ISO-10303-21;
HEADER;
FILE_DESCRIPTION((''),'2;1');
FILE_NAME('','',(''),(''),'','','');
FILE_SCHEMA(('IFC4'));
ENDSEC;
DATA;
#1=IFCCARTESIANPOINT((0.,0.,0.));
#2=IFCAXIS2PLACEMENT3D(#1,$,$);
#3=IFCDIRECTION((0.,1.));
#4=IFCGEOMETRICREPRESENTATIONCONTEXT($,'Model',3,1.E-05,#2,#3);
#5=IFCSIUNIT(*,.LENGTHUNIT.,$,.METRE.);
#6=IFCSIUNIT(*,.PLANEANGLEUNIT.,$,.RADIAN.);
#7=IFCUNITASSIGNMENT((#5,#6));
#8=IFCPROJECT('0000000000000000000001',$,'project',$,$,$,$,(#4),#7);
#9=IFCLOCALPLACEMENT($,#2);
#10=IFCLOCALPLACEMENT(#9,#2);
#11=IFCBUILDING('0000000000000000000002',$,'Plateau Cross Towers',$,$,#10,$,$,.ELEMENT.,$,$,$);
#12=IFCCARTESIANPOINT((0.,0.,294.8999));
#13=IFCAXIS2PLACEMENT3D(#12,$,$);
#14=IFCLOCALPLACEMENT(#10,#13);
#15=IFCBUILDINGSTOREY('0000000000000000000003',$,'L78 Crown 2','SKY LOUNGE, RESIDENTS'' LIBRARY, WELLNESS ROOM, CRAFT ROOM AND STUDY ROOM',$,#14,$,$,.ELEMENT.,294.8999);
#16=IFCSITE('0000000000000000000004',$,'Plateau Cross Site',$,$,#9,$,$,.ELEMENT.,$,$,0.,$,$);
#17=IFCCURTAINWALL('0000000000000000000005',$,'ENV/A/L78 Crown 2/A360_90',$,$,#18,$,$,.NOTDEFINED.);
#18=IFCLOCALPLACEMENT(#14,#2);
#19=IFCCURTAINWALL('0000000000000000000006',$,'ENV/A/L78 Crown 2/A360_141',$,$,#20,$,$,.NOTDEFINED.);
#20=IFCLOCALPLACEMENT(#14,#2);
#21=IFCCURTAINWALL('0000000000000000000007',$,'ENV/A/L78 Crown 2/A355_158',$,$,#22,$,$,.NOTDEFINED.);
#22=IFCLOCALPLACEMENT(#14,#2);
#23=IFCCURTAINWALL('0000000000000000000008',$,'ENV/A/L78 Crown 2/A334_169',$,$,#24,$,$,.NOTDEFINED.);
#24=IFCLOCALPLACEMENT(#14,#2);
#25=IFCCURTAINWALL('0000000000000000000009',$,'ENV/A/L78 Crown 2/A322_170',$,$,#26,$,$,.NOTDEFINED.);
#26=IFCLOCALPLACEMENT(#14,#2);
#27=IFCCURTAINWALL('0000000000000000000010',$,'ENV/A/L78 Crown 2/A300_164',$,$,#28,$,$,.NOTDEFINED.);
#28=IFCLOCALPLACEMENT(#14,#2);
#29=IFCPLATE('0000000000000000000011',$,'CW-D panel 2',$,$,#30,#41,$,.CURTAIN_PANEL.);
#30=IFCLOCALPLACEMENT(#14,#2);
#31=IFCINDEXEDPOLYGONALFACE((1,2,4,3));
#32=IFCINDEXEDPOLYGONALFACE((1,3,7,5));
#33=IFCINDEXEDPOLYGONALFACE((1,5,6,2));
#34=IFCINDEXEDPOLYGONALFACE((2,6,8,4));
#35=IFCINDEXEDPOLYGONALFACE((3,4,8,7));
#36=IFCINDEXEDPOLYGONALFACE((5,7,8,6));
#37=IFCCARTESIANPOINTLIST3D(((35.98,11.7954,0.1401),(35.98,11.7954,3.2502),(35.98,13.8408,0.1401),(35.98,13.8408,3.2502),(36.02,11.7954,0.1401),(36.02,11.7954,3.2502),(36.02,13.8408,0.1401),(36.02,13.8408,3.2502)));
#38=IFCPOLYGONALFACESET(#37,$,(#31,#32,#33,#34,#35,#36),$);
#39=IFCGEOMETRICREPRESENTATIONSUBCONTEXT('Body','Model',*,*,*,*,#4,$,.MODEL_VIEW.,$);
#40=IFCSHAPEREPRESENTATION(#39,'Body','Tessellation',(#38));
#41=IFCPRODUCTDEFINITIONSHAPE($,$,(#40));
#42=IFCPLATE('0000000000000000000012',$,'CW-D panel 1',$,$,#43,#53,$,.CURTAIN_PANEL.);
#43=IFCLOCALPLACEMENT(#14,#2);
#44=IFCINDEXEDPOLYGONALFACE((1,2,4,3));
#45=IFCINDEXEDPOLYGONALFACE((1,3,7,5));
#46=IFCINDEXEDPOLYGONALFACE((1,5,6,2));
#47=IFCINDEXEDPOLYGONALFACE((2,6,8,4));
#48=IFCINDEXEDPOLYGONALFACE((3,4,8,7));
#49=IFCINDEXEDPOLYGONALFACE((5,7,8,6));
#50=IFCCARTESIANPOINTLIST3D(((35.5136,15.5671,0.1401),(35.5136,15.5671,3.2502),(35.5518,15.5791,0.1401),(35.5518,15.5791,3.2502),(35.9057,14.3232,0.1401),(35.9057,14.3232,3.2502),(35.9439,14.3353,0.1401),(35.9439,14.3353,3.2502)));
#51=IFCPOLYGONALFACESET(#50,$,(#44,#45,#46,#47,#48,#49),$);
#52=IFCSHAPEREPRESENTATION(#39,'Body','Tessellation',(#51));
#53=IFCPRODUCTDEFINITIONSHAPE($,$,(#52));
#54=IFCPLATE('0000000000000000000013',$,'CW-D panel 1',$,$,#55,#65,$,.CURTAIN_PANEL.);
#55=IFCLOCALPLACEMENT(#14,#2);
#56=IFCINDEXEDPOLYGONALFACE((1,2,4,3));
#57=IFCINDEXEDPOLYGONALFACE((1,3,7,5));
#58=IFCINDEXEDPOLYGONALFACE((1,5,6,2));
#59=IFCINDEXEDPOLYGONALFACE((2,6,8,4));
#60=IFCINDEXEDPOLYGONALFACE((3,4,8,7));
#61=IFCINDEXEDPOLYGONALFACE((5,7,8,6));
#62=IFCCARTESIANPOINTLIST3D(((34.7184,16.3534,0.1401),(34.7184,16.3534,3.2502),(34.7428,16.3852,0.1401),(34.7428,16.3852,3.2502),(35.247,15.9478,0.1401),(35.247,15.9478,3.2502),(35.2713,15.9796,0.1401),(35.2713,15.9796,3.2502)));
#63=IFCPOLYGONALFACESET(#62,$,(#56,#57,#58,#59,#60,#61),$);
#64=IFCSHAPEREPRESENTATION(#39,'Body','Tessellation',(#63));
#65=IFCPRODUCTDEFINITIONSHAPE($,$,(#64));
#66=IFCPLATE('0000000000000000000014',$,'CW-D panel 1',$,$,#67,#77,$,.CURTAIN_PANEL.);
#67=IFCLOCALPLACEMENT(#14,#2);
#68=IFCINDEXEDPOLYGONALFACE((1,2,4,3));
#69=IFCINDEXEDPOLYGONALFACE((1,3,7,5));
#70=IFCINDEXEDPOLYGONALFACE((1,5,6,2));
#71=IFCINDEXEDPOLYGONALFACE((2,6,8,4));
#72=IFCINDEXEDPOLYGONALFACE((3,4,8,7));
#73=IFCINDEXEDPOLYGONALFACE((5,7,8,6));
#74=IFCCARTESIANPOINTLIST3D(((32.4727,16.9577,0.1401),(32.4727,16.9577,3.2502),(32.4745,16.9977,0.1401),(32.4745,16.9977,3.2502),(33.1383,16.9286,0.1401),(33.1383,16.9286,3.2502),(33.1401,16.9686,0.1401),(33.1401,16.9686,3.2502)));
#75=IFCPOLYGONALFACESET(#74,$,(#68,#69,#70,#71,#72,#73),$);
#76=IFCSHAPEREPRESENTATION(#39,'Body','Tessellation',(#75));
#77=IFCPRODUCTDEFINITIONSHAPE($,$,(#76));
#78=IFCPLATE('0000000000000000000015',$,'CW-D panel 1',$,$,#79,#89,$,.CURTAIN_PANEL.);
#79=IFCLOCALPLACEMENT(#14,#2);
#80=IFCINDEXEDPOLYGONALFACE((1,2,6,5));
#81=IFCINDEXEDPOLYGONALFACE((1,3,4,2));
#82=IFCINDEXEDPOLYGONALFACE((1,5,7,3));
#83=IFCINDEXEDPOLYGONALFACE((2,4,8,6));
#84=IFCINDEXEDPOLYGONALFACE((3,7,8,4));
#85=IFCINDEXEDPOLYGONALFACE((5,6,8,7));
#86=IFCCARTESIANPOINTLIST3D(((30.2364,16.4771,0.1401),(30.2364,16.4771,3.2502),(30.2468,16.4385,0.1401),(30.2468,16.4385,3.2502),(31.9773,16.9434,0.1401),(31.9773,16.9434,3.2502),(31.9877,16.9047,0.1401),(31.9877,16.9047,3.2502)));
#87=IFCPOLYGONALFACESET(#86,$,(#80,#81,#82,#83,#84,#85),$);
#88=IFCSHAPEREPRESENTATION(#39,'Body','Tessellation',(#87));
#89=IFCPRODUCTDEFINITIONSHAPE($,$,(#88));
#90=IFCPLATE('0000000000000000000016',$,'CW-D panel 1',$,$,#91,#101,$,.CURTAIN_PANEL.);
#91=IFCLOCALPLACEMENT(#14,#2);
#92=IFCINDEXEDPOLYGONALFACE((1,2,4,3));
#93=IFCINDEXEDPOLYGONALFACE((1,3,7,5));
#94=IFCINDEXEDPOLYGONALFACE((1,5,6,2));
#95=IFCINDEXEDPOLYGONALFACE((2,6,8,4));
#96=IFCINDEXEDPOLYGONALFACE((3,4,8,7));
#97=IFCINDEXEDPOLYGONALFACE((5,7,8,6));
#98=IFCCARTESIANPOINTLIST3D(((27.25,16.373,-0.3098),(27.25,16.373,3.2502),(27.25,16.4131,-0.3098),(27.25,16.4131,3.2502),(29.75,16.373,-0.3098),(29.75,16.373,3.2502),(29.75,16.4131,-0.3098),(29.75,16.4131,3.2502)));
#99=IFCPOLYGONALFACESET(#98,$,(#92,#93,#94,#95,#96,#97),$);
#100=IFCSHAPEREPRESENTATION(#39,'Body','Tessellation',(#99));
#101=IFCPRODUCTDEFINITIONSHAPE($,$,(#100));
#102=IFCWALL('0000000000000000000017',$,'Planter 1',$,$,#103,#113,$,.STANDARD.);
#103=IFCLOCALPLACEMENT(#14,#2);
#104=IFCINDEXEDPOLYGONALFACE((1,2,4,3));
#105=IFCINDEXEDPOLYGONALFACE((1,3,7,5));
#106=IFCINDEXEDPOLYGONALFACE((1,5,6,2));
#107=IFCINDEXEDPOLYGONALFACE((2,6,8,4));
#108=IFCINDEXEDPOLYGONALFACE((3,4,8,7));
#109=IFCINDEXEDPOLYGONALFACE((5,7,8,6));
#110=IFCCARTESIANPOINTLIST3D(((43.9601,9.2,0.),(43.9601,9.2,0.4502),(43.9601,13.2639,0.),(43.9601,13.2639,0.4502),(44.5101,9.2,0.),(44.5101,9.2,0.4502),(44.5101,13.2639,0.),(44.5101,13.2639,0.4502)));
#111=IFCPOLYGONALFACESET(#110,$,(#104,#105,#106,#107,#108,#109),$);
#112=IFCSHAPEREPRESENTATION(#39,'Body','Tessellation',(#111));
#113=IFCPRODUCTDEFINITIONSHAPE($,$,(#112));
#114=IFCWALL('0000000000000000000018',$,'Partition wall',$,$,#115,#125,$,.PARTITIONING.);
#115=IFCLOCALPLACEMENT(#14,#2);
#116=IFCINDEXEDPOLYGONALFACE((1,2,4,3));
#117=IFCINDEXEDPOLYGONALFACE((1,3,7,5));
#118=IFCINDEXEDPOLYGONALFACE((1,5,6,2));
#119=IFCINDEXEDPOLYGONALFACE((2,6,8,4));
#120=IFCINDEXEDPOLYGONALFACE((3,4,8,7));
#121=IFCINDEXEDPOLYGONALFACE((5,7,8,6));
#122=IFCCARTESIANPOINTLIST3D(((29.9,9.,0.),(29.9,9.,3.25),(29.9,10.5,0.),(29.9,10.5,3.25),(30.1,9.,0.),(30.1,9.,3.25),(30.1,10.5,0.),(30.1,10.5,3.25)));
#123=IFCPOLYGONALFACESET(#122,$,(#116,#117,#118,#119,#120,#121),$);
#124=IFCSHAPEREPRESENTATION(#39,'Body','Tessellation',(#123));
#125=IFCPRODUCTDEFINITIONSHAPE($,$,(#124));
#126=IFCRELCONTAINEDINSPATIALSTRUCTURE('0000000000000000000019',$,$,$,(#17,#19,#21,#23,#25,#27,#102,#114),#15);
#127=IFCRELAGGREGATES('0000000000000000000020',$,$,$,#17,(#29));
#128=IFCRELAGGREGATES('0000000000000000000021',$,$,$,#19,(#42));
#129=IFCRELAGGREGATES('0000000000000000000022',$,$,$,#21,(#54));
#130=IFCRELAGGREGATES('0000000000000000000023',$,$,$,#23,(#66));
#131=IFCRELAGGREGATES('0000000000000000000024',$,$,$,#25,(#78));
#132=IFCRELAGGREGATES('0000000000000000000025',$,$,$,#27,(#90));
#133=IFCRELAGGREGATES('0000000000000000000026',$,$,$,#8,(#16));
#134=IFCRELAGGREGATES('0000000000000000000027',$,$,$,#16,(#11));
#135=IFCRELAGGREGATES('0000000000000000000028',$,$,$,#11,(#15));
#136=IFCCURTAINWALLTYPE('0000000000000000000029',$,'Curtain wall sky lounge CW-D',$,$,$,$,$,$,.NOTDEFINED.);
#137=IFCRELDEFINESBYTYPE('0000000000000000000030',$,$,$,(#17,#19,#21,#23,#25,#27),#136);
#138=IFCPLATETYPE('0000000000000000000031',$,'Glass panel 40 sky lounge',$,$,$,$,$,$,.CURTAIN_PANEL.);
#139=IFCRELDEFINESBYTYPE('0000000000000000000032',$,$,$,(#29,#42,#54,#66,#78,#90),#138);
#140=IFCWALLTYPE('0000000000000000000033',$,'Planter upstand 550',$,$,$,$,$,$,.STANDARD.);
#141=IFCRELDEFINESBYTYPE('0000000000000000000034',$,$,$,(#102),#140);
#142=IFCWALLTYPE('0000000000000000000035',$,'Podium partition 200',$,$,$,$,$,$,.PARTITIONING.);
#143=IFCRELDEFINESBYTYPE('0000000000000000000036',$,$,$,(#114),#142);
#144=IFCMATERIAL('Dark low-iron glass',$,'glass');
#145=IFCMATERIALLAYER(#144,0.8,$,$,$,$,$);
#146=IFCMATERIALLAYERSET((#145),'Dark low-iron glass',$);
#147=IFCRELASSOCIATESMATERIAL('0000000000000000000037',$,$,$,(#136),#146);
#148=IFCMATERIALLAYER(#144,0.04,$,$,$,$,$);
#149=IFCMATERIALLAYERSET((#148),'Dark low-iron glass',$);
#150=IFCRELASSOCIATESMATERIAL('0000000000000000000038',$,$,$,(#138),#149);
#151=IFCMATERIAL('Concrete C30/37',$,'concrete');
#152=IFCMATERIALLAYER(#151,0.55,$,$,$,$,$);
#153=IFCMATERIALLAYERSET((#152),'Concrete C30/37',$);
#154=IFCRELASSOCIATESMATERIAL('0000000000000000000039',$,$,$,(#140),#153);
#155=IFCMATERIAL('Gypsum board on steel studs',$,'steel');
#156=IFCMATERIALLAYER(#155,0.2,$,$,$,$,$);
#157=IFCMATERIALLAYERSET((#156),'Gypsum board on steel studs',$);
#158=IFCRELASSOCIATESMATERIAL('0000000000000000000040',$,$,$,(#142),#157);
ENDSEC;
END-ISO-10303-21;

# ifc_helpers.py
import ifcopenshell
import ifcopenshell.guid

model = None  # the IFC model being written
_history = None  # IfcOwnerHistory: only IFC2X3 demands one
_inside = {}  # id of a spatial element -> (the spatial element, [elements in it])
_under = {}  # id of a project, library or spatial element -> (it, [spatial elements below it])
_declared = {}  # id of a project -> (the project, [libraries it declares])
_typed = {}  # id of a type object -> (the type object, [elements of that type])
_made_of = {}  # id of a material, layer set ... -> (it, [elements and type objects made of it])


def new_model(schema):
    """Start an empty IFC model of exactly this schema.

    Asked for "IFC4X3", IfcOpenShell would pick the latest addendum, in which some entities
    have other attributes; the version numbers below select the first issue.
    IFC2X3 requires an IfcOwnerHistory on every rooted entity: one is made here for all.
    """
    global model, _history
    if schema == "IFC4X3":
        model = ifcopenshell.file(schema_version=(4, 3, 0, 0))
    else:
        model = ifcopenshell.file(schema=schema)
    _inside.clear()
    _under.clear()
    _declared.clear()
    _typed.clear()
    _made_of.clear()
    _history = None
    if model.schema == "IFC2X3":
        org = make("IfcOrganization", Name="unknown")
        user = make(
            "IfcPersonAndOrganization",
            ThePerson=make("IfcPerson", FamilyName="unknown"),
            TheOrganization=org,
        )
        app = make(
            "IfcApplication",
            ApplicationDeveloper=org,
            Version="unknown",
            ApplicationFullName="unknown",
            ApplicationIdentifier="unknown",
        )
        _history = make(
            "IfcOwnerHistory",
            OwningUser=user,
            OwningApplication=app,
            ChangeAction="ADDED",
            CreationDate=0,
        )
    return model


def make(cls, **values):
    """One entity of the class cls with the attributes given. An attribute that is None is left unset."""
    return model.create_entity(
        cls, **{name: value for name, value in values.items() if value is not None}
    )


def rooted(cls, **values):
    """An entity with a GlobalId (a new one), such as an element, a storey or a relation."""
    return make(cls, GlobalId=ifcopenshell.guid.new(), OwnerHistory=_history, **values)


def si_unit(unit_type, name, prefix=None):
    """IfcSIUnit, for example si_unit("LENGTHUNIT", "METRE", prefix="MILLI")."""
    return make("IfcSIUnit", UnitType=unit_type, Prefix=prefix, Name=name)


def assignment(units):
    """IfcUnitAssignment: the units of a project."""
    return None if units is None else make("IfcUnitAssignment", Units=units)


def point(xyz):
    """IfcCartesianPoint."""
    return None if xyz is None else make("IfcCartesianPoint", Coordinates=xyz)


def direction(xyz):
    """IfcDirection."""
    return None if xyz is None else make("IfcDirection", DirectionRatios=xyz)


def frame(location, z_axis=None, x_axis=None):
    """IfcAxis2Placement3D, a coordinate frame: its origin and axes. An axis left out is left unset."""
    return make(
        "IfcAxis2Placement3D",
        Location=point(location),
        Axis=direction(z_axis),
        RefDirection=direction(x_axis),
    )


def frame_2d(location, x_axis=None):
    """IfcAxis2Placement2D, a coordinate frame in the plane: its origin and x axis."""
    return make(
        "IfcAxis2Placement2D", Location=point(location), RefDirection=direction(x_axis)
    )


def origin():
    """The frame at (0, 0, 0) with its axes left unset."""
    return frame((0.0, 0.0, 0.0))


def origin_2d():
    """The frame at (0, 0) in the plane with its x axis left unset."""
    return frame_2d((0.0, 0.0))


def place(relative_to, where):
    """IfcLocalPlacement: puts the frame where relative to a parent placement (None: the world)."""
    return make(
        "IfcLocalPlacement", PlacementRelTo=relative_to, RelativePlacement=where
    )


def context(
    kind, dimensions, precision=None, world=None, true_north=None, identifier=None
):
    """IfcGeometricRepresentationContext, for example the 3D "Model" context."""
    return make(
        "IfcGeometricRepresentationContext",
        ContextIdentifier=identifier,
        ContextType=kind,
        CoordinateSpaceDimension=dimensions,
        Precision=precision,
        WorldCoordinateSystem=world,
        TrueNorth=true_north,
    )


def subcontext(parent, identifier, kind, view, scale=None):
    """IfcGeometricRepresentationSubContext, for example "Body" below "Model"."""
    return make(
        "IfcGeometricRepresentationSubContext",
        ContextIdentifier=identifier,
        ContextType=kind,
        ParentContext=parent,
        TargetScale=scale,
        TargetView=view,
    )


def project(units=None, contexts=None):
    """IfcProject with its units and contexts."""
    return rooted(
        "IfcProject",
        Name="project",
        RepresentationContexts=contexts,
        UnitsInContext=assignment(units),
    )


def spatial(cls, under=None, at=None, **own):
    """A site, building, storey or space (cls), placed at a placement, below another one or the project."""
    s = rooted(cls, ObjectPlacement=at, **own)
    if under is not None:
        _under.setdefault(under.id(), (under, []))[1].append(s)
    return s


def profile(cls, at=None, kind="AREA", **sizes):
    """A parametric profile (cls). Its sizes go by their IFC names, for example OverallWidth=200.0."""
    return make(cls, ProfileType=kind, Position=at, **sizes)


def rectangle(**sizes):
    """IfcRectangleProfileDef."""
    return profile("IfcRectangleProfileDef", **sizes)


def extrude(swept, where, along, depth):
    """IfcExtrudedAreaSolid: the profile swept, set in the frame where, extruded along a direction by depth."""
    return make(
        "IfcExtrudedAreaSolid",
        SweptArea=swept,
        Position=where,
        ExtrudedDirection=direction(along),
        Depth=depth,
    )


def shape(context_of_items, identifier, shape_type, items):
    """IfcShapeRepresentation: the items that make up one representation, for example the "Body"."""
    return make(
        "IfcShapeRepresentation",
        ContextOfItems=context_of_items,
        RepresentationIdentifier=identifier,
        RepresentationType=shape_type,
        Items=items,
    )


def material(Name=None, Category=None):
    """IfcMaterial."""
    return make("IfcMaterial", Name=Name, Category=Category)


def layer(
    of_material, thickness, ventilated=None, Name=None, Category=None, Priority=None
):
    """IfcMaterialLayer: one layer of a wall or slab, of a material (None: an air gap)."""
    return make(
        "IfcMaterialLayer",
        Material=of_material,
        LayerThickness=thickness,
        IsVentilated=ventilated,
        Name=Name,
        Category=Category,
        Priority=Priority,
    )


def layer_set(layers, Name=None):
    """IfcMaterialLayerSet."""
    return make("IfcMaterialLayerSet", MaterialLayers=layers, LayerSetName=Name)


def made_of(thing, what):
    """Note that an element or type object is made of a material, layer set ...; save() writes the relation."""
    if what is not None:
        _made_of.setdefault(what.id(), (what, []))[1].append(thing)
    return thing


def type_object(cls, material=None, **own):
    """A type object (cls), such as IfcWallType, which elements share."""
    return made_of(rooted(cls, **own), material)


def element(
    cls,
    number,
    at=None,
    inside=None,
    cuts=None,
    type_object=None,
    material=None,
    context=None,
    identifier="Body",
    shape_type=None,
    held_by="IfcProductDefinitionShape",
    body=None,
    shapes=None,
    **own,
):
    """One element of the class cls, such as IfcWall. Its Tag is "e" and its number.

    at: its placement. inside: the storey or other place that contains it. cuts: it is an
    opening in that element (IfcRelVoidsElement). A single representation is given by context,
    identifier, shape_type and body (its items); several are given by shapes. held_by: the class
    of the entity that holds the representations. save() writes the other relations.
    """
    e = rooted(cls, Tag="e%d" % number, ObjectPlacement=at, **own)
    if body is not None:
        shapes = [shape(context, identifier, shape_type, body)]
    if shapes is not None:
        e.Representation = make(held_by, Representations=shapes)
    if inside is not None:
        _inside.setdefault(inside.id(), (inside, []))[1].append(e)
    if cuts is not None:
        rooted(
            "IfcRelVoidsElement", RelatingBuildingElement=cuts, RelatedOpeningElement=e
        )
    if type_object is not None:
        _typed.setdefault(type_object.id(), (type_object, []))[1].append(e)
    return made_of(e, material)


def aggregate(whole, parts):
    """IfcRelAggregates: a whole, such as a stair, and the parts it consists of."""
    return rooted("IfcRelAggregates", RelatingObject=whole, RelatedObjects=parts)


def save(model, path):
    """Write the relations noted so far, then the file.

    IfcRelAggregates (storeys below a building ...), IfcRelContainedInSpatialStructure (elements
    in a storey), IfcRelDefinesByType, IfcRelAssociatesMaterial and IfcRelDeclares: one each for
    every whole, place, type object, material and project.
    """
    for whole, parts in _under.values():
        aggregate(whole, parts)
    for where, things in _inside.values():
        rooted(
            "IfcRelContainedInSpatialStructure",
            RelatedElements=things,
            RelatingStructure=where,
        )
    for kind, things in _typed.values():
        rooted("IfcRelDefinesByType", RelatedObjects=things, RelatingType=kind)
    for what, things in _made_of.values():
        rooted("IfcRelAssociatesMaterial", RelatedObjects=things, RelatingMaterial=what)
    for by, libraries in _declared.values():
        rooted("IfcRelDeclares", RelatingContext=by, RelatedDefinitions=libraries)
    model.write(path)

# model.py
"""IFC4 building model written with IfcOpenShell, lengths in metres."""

from ifc_helpers import new_model, si_unit, direction, frame, frame_2d, origin, origin_2d, place, context, subcontext, project, spatial, rectangle, extrude, material, layer, layer_set, type_object, element, aggregate, save


model = new_model("IFC4")

# Units and contexts
model_context = context("Model", 3, precision=1e-05, world=origin(), true_north=direction((0.0, 1.0)))
body_context = subcontext(model_context, "Body", "Model", "MODEL_VIEW")
ifc_project = project(units=[si_unit("LENGTHUNIT", "METRE"), si_unit("PLANEANGLEUNIT", "RADIAN")], contexts=[model_context])

# Site, building, storey
site_placement = place(None, origin())
site = spatial("IfcSite", under=ifc_project, at=site_placement, Name="Plateau Cross Site", CompositionType="ELEMENT", RefElevation=0.0)
building_placement = place(site_placement, origin())
building = spatial("IfcBuilding", under=site, at=building_placement, Name="Plateau Cross Towers", CompositionType="ELEMENT")
storey_placement = place(building_placement, frame((0.0, 0.0, 294.8999)))
storey = spatial("IfcBuildingStorey", under=building, at=storey_placement, Name="L78 Crown 2", Description="SKY LOUNGE, RESIDENTS' LIBRARY, WELLNESS ROOM, CRAFT ROOM AND STUDY ROOM", CompositionType="ELEMENT", Elevation=294.8999)

# Curtain walls
ifc_material_1 = material(Name="Dark low-iron glass", Category="glass")
ifc_layer_1 = layer(ifc_material_1, 0.8)
ifc_layer_set_1 = layer_set([ifc_layer_1], Name="Dark low-iron glass")
curtain_wall_type = type_object("IfcCurtainWallType", Name="Curtain wall sky lounge CW-D", PredefinedType="NOTDEFINED", material=ifc_layer_set_1)
curtain_wall_1_placement = place(storey_placement, origin())
curtain_wall_1 = element("IfcCurtainWall", 1, at=curtain_wall_1_placement, inside=storey, type_object=curtain_wall_type, Name="ENV/A/L78 Crown 2/A360_90", PredefinedType="NOTDEFINED")
curtain_wall_2_placement = place(storey_placement, origin())
curtain_wall_2 = element("IfcCurtainWall", 2, at=curtain_wall_2_placement, inside=storey, type_object=curtain_wall_type, Name="ENV/A/L78 Crown 2/A360_141", PredefinedType="NOTDEFINED")

# Curtain wall
curtain_wall_3_placement = place(storey_placement, origin())
curtain_wall_3 = element("IfcCurtainWall", 3, at=curtain_wall_3_placement, inside=storey, type_object=curtain_wall_type, Name="ENV/A/L78 Crown 2/A355_158", PredefinedType="NOTDEFINED")

# Curtain walls
curtain_wall_4_placement = place(storey_placement, origin())
curtain_wall_4 = element("IfcCurtainWall", 4, at=curtain_wall_4_placement, inside=storey, type_object=curtain_wall_type, Name="ENV/A/L78 Crown 2/A334_169", PredefinedType="NOTDEFINED")
curtain_wall_5_placement = place(storey_placement, origin())
curtain_wall_5 = element("IfcCurtainWall", 5, at=curtain_wall_5_placement, inside=storey, type_object=curtain_wall_type, Name="ENV/A/L78 Crown 2/A322_170", PredefinedType="NOTDEFINED")
curtain_wall_6_placement = place(storey_placement, origin())
curtain_wall_6 = element("IfcCurtainWall", 6, at=curtain_wall_6_placement, inside=storey, type_object=curtain_wall_type, Name="ENV/A/L78 Crown 2/A300_164", PredefinedType="NOTDEFINED")

# Plates
ifc_layer_2 = layer(ifc_material_1, 0.04)
ifc_layer_set_2 = layer_set([ifc_layer_2], Name="Dark low-iron glass")
plate_type = type_object("IfcPlateType", Name="Glass panel 40 sky lounge", PredefinedType="CURTAIN_PANEL", material=ifc_layer_set_2)
plate_1_placement = place(storey_placement, frame((36.0, 12.8181, 0.1401), z_axis=(0.0, 0.0, 1.0), x_axis=(0.0, 1.0, 0.0)))
plate_1 = element("IfcPlate", 7, at=plate_1_placement, type_object=plate_type, Name="CW-D panel 2", PredefinedType="CURTAIN_PANEL", context=body_context, shape_type="SweptSolid", body=[
    extrude(rectangle(XDim=2.0454, YDim=0.04, at=origin_2d()), origin(), (0.0, 0.0, 1.0), 3.1101),
])
aggregate(curtain_wall_1, [plate_1])
plate_2_placement = place(storey_placement, frame((35.7288, 14.9512, 0.1401), z_axis=(0.0, 0.0, 1.0), x_axis=(-0.300686, 0.953723, 0.0)))
plate_2 = element("IfcPlate", 8, at=plate_2_placement, type_object=plate_type, Name="CW-D panel 1", PredefinedType="CURTAIN_PANEL", context=body_context, shape_type="SweptSolid", body=[
    extrude(rectangle(XDim=1.3042, YDim=0.04, at=origin_2d()), origin(), (0.0, 0.0, 1.0), 3.1101),
])
aggregate(curtain_wall_2, [plate_2])
plate_3_placement = place(storey_placement, frame((34.9949, 16.1665, 0.1401), z_axis=(0.0, 0.0, 1.0), x_axis=(-0.793316, 0.608811, 0.0)))
plate_3 = element("IfcPlate", 9, at=plate_3_placement, type_object=plate_type, Name="CW-D panel 1", PredefinedType="CURTAIN_PANEL", context=body_context, shape_type="SweptSolid", body=[
    extrude(rectangle(XDim=0.6663, YDim=0.04, at=origin_2d()), origin(), (0.0, 0.0, 1.0), 3.1101),
])
aggregate(curtain_wall_3, [plate_3])
plate_4_placement = place(storey_placement, frame((32.8064, 16.9631, 0.1401), z_axis=(0.0, 0.0, 1.0), x_axis=(-0.999044, 0.043723, 0.0)))
plate_4 = element("IfcPlate", 10, at=plate_4_placement, type_object=plate_type, Name="CW-D panel 1", PredefinedType="CURTAIN_PANEL", context=body_context, shape_type="SweptSolid", body=[
    extrude(rectangle(XDim=0.6663, YDim=0.04, at=origin_2d()), origin(), (0.0, 0.0, 1.0), 3.1101),
])
aggregate(curtain_wall_4, [plate_4])
plate_5_placement = place(storey_placement, frame((31.1121, 16.6909, 0.1401), z_axis=(0.0, 0.0, 1.0), x_axis=(-0.965958, -0.258699, 0.0)))
plate_5 = element("IfcPlate", 11, at=plate_5_placement, type_object=plate_type, Name="CW-D panel 1", PredefinedType="CURTAIN_PANEL", context=body_context, shape_type="SweptSolid", body=[
    extrude(rectangle(XDim=1.8022, YDim=0.04, at=origin_2d()), origin(), (0.0, 0.0, 1.0), 3.1101),
])
aggregate(curtain_wall_5, [plate_5])
plate_6_placement = place(storey_placement, frame((28.5, 16.3931, -0.3098), z_axis=(0.0, 0.0, 1.0), x_axis=(-1.0, 0.0, 0.0)))
plate_6 = element("IfcPlate", 12, at=plate_6_placement, type_object=plate_type, Name="CW-D panel 1", PredefinedType="CURTAIN_PANEL", context=body_context, shape_type="SweptSolid", body=[
    extrude(rectangle(XDim=2.5, YDim=0.04, at=origin_2d()), origin(), (0.0, 0.0, 1.0), 3.5601),
])
aggregate(curtain_wall_6, [plate_6])

# Walls
ifc_material_2 = material(Name="Concrete C30/37", Category="concrete")
ifc_layer_3 = layer(ifc_material_2, 0.55)
ifc_layer_set_3 = layer_set([ifc_layer_3], Name="Concrete C30/37")
wall_type_1 = type_object("IfcWallType", Name="Planter upstand 550", PredefinedType="STANDARD", material=ifc_layer_set_3)
wall_1_placement = place(storey_placement, frame((44.2351, 13.2639, 0.0), z_axis=(0.0, 0.0, 1.0), x_axis=(0.0, -1.0, 0.0)))
element("IfcWall", 13, at=wall_1_placement, inside=storey, type_object=wall_type_1, Name="Planter 1", PredefinedType="STANDARD", context=body_context, shape_type="SweptSolid", body=[
    extrude(rectangle(XDim=4.064, YDim=0.55, at=frame_2d((2.032, 0.0))), origin(), (0.0, 0.0, 1.0), 0.4502),
])
ifc_material_3 = material(Name="Gypsum board on steel studs", Category="steel")
ifc_layer_4 = layer(ifc_material_3, 0.2)
ifc_layer_set_4 = layer_set([ifc_layer_4], Name="Gypsum board on steel studs")
wall_type_2 = type_object("IfcWallType", Name="Podium partition 200", PredefinedType="PARTITIONING", material=ifc_layer_set_4)
wall_2_placement = place(storey_placement, frame((30.0, 10.5, 0.0), z_axis=(0.0, 0.0, 1.0), x_axis=(0.0, -1.0, 0.0)))
element("IfcWall", 14, at=wall_2_placement, inside=storey, type_object=wall_type_2, Name="Partition wall", PredefinedType="PARTITIONING", context=body_context, shape_type="SweptSolid", body=[
    extrude(rectangle(XDim=1.5, YDim=0.2, at=frame_2d((0.75, 0.0))), origin(), (0.0, 0.0, 1.0), 3.25),
])

save(model, "model.ifc")
